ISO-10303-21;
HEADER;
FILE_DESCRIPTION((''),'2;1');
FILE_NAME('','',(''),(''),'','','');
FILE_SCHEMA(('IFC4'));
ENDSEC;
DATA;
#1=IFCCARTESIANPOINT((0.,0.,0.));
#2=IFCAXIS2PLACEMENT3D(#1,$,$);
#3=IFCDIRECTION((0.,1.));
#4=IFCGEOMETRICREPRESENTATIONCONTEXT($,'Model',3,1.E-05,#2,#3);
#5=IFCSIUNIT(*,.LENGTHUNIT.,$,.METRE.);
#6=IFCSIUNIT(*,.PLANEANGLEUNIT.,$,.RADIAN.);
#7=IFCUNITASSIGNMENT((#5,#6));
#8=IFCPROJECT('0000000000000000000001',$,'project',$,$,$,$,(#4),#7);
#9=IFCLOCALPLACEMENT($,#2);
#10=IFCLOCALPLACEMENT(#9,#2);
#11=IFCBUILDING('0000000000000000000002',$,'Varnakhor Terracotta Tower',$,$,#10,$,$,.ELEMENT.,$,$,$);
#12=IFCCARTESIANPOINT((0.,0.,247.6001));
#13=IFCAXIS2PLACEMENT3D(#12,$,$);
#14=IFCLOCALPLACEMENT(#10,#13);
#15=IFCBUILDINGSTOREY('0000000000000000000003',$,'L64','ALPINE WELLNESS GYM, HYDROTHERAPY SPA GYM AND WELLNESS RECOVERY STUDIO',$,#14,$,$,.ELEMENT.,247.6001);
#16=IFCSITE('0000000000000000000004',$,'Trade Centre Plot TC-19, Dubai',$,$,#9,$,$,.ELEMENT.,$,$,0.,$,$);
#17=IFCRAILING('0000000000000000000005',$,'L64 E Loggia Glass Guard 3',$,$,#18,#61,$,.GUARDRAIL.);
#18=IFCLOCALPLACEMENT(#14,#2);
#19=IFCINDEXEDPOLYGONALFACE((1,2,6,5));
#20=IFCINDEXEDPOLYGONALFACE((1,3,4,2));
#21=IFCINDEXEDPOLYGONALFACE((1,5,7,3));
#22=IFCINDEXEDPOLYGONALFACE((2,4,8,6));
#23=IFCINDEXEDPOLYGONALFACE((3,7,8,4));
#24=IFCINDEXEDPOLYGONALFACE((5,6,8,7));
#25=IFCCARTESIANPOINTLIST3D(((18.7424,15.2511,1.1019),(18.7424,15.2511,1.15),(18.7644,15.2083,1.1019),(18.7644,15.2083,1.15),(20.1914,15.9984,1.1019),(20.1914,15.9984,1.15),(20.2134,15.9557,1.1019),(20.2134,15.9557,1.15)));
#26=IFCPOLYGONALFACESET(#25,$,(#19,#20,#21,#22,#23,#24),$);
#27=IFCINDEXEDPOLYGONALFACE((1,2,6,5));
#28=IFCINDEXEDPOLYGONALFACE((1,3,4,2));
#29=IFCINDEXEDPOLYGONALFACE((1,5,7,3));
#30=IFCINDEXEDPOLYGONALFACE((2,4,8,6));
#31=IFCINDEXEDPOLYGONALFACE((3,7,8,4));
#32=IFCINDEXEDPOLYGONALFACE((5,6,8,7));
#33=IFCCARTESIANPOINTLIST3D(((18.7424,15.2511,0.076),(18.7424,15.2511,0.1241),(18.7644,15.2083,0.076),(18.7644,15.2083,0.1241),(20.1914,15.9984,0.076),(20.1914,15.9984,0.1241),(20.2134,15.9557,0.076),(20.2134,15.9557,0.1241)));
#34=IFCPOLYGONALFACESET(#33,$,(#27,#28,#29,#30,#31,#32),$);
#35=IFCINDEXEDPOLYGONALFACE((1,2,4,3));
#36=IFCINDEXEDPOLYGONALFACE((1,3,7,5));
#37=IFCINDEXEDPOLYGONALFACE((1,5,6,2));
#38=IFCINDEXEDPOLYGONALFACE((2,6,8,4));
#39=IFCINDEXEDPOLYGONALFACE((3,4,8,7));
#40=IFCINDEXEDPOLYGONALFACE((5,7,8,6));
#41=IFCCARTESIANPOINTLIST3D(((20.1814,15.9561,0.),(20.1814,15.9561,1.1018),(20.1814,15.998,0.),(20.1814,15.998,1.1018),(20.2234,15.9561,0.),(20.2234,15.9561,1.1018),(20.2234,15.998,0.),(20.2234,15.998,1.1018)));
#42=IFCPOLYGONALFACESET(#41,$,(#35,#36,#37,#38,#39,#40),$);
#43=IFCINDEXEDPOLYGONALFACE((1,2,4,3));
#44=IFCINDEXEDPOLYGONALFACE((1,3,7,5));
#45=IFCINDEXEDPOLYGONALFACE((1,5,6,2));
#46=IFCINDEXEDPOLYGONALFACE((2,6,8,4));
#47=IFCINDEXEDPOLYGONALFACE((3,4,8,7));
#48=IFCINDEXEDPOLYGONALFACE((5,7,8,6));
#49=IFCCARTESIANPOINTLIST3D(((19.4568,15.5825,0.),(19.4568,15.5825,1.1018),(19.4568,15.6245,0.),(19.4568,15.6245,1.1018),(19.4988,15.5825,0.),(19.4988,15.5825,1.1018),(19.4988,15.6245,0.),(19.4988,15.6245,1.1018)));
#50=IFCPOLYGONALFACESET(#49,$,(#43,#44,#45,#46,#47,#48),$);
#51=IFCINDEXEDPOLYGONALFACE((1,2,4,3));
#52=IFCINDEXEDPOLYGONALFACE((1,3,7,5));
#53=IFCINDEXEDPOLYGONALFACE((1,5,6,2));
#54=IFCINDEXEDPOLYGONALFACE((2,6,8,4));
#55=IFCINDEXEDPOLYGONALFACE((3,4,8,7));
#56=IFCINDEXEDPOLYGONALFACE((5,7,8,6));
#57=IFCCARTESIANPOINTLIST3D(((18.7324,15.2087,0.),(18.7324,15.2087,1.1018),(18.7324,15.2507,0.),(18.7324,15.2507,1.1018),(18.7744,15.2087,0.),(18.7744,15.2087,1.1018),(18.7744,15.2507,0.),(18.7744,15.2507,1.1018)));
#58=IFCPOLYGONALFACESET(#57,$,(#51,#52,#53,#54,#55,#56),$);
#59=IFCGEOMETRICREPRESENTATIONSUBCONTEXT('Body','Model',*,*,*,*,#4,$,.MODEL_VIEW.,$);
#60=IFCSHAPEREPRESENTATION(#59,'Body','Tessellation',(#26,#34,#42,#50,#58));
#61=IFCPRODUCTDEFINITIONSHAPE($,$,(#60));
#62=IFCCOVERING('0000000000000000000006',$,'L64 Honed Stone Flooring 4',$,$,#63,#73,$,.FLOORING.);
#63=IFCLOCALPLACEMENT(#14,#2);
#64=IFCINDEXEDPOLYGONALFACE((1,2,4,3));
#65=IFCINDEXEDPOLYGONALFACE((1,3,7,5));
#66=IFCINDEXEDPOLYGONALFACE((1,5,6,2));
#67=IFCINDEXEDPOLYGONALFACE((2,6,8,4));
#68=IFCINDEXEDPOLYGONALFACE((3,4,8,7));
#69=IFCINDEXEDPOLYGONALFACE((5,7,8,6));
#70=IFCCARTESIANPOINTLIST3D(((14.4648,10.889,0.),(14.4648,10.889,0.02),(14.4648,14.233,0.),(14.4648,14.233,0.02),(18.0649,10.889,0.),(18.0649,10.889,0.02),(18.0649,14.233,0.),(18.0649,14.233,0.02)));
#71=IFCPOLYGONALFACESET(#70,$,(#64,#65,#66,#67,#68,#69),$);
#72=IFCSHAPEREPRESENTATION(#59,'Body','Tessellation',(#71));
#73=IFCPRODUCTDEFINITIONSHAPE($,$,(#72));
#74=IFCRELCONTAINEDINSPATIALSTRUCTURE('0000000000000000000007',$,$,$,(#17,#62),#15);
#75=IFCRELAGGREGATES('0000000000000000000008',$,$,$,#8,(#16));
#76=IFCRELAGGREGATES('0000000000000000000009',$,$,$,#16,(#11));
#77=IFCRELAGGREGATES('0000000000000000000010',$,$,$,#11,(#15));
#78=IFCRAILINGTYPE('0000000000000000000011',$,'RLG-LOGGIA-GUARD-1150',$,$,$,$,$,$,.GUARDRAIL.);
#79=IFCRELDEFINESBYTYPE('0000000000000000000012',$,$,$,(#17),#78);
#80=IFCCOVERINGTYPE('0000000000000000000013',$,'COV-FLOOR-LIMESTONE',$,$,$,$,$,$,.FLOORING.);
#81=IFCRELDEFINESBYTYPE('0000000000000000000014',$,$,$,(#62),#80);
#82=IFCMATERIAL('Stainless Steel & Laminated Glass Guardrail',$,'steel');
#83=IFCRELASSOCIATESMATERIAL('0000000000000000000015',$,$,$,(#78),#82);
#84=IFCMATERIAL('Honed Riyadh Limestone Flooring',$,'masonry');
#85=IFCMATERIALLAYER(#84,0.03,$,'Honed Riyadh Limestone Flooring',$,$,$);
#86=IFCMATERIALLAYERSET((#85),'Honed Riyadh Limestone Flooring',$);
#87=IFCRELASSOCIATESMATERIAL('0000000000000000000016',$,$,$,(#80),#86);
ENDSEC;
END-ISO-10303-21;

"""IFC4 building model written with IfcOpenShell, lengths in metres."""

from ifc_helpers import new_model, si_unit, direction, frame, origin, origin_2d, place, context, subcontext, project, spatial, rectangle, extrude, source, transform, mapped, material, layer, layer_set, type_object, element, save


model = new_model("IFC4")

# Units and contexts
model_context = context("Model", 3, precision=1e-05, world=origin(), true_north=direction((0.0, 1.0)))
body_context = subcontext(model_context, "Body", "Model", "MODEL_VIEW")
ifc_project = project(units=[si_unit("LENGTHUNIT", "METRE"), si_unit("PLANEANGLEUNIT", "RADIAN")], contexts=[model_context])

# Site, building, storey
site_placement = place(None, origin())
site = spatial("IfcSite", under=ifc_project, at=site_placement, Name="Trade Centre Plot TC-19, Dubai", CompositionType="ELEMENT", RefElevation=0.0)
building_placement = place(site_placement, origin())
building = spatial("IfcBuilding", under=site, at=building_placement, Name="Varnakhor Terracotta Tower", CompositionType="ELEMENT")
storey_placement = place(building_placement, frame((0.0, 0.0, 247.6001)))
storey = spatial("IfcBuildingStorey", under=building, at=storey_placement, Name="L64", Description="ALPINE WELLNESS GYM, HYDROTHERAPY SPA GYM AND WELLNESS RECOVERY STUDIO", CompositionType="ELEMENT", Elevation=247.6001)

# Railing
ifc_material_1 = material(Name="Stainless Steel & Laminated Glass Guardrail", Category="steel")
railing_type = type_object("IfcRailingType", Name="RLG-LOGGIA-GUARD-1150", PredefinedType="GUARDRAIL", material=ifc_material_1)
railing_placement = place(storey_placement, frame((20.2024, 15.9771, 0.0)))
element("IfcRailing", 1, at=railing_placement, inside=storey, type_object=railing_type, Name="L64 E Loggia Glass Guard 3", PredefinedType="GUARDRAIL", context=body_context, shape_type="SweptSolid", body=[
    extrude(rectangle(XDim=0.0481, YDim=0.0481, at=origin_2d()), frame((0.0, 0.0, 1.126), z_axis=(-0.888756, -0.45838, 0.0), x_axis=(0.45838, -0.888756, 0.0)), (0.0, 0.0, 1.0), 1.6304),
    extrude(rectangle(XDim=0.0481, YDim=0.0481, at=origin_2d()), frame((0.0, 0.0, 0.1001), z_axis=(-0.888756, -0.45838, 0.0), x_axis=(0.45838, -0.888756, 0.0)), (0.0, 0.0, 1.0), 1.6304),
    extrude(rectangle(XDim=0.042, YDim=0.042, at=origin_2d()), origin(), (0.0, 0.0, 1.0), 1.1018),
    extrude(rectangle(XDim=0.042, YDim=0.042, at=origin_2d()), frame((-0.7246, -0.3735, 0.0)), (0.0, 0.0, 1.0), 1.1018),
    extrude(rectangle(XDim=0.042, YDim=0.042, at=origin_2d()), frame((-1.449, -0.7473, 0.0)), (0.0, 0.0, 1.0), 1.1018),
])

# Covering
ifc_material_2 = material(Name="Honed Riyadh Limestone Flooring", Category="masonry")
ifc_layer_1 = layer(ifc_material_2, 0.03, Name="Honed Riyadh Limestone Flooring")
ifc_layer_set_1 = layer_set([ifc_layer_1], Name="Honed Riyadh Limestone Flooring")
covering_type = type_object("IfcCoveringType", Name="COV-FLOOR-LIMESTONE", PredefinedType="FLOORING", material=ifc_layer_set_1)
shared_shape_1 = source(origin(), body_context, "Body", "SweptSolid", [
    extrude(rectangle(XDim=3.6001, YDim=3.344, at=origin_2d()), origin(), (0.0, 0.0, 1.0), 0.02),
])
covering_placement = place(storey_placement, frame((16.2649, 12.561, 0.0), z_axis=(0.0, 0.0, 1.0), x_axis=(1.0, 0.0, 0.0)))
element("IfcCovering", 2, at=covering_placement, inside=storey, type_object=covering_type, Name="L64 Honed Stone Flooring 4", PredefinedType="FLOORING", context=body_context, shape_type="MappedRepresentation", body=[
    mapped(shared_shape_1, transform((0.0, 0.0, 0.0), scale=1.0)),
])

save(model, "model.ifc")
